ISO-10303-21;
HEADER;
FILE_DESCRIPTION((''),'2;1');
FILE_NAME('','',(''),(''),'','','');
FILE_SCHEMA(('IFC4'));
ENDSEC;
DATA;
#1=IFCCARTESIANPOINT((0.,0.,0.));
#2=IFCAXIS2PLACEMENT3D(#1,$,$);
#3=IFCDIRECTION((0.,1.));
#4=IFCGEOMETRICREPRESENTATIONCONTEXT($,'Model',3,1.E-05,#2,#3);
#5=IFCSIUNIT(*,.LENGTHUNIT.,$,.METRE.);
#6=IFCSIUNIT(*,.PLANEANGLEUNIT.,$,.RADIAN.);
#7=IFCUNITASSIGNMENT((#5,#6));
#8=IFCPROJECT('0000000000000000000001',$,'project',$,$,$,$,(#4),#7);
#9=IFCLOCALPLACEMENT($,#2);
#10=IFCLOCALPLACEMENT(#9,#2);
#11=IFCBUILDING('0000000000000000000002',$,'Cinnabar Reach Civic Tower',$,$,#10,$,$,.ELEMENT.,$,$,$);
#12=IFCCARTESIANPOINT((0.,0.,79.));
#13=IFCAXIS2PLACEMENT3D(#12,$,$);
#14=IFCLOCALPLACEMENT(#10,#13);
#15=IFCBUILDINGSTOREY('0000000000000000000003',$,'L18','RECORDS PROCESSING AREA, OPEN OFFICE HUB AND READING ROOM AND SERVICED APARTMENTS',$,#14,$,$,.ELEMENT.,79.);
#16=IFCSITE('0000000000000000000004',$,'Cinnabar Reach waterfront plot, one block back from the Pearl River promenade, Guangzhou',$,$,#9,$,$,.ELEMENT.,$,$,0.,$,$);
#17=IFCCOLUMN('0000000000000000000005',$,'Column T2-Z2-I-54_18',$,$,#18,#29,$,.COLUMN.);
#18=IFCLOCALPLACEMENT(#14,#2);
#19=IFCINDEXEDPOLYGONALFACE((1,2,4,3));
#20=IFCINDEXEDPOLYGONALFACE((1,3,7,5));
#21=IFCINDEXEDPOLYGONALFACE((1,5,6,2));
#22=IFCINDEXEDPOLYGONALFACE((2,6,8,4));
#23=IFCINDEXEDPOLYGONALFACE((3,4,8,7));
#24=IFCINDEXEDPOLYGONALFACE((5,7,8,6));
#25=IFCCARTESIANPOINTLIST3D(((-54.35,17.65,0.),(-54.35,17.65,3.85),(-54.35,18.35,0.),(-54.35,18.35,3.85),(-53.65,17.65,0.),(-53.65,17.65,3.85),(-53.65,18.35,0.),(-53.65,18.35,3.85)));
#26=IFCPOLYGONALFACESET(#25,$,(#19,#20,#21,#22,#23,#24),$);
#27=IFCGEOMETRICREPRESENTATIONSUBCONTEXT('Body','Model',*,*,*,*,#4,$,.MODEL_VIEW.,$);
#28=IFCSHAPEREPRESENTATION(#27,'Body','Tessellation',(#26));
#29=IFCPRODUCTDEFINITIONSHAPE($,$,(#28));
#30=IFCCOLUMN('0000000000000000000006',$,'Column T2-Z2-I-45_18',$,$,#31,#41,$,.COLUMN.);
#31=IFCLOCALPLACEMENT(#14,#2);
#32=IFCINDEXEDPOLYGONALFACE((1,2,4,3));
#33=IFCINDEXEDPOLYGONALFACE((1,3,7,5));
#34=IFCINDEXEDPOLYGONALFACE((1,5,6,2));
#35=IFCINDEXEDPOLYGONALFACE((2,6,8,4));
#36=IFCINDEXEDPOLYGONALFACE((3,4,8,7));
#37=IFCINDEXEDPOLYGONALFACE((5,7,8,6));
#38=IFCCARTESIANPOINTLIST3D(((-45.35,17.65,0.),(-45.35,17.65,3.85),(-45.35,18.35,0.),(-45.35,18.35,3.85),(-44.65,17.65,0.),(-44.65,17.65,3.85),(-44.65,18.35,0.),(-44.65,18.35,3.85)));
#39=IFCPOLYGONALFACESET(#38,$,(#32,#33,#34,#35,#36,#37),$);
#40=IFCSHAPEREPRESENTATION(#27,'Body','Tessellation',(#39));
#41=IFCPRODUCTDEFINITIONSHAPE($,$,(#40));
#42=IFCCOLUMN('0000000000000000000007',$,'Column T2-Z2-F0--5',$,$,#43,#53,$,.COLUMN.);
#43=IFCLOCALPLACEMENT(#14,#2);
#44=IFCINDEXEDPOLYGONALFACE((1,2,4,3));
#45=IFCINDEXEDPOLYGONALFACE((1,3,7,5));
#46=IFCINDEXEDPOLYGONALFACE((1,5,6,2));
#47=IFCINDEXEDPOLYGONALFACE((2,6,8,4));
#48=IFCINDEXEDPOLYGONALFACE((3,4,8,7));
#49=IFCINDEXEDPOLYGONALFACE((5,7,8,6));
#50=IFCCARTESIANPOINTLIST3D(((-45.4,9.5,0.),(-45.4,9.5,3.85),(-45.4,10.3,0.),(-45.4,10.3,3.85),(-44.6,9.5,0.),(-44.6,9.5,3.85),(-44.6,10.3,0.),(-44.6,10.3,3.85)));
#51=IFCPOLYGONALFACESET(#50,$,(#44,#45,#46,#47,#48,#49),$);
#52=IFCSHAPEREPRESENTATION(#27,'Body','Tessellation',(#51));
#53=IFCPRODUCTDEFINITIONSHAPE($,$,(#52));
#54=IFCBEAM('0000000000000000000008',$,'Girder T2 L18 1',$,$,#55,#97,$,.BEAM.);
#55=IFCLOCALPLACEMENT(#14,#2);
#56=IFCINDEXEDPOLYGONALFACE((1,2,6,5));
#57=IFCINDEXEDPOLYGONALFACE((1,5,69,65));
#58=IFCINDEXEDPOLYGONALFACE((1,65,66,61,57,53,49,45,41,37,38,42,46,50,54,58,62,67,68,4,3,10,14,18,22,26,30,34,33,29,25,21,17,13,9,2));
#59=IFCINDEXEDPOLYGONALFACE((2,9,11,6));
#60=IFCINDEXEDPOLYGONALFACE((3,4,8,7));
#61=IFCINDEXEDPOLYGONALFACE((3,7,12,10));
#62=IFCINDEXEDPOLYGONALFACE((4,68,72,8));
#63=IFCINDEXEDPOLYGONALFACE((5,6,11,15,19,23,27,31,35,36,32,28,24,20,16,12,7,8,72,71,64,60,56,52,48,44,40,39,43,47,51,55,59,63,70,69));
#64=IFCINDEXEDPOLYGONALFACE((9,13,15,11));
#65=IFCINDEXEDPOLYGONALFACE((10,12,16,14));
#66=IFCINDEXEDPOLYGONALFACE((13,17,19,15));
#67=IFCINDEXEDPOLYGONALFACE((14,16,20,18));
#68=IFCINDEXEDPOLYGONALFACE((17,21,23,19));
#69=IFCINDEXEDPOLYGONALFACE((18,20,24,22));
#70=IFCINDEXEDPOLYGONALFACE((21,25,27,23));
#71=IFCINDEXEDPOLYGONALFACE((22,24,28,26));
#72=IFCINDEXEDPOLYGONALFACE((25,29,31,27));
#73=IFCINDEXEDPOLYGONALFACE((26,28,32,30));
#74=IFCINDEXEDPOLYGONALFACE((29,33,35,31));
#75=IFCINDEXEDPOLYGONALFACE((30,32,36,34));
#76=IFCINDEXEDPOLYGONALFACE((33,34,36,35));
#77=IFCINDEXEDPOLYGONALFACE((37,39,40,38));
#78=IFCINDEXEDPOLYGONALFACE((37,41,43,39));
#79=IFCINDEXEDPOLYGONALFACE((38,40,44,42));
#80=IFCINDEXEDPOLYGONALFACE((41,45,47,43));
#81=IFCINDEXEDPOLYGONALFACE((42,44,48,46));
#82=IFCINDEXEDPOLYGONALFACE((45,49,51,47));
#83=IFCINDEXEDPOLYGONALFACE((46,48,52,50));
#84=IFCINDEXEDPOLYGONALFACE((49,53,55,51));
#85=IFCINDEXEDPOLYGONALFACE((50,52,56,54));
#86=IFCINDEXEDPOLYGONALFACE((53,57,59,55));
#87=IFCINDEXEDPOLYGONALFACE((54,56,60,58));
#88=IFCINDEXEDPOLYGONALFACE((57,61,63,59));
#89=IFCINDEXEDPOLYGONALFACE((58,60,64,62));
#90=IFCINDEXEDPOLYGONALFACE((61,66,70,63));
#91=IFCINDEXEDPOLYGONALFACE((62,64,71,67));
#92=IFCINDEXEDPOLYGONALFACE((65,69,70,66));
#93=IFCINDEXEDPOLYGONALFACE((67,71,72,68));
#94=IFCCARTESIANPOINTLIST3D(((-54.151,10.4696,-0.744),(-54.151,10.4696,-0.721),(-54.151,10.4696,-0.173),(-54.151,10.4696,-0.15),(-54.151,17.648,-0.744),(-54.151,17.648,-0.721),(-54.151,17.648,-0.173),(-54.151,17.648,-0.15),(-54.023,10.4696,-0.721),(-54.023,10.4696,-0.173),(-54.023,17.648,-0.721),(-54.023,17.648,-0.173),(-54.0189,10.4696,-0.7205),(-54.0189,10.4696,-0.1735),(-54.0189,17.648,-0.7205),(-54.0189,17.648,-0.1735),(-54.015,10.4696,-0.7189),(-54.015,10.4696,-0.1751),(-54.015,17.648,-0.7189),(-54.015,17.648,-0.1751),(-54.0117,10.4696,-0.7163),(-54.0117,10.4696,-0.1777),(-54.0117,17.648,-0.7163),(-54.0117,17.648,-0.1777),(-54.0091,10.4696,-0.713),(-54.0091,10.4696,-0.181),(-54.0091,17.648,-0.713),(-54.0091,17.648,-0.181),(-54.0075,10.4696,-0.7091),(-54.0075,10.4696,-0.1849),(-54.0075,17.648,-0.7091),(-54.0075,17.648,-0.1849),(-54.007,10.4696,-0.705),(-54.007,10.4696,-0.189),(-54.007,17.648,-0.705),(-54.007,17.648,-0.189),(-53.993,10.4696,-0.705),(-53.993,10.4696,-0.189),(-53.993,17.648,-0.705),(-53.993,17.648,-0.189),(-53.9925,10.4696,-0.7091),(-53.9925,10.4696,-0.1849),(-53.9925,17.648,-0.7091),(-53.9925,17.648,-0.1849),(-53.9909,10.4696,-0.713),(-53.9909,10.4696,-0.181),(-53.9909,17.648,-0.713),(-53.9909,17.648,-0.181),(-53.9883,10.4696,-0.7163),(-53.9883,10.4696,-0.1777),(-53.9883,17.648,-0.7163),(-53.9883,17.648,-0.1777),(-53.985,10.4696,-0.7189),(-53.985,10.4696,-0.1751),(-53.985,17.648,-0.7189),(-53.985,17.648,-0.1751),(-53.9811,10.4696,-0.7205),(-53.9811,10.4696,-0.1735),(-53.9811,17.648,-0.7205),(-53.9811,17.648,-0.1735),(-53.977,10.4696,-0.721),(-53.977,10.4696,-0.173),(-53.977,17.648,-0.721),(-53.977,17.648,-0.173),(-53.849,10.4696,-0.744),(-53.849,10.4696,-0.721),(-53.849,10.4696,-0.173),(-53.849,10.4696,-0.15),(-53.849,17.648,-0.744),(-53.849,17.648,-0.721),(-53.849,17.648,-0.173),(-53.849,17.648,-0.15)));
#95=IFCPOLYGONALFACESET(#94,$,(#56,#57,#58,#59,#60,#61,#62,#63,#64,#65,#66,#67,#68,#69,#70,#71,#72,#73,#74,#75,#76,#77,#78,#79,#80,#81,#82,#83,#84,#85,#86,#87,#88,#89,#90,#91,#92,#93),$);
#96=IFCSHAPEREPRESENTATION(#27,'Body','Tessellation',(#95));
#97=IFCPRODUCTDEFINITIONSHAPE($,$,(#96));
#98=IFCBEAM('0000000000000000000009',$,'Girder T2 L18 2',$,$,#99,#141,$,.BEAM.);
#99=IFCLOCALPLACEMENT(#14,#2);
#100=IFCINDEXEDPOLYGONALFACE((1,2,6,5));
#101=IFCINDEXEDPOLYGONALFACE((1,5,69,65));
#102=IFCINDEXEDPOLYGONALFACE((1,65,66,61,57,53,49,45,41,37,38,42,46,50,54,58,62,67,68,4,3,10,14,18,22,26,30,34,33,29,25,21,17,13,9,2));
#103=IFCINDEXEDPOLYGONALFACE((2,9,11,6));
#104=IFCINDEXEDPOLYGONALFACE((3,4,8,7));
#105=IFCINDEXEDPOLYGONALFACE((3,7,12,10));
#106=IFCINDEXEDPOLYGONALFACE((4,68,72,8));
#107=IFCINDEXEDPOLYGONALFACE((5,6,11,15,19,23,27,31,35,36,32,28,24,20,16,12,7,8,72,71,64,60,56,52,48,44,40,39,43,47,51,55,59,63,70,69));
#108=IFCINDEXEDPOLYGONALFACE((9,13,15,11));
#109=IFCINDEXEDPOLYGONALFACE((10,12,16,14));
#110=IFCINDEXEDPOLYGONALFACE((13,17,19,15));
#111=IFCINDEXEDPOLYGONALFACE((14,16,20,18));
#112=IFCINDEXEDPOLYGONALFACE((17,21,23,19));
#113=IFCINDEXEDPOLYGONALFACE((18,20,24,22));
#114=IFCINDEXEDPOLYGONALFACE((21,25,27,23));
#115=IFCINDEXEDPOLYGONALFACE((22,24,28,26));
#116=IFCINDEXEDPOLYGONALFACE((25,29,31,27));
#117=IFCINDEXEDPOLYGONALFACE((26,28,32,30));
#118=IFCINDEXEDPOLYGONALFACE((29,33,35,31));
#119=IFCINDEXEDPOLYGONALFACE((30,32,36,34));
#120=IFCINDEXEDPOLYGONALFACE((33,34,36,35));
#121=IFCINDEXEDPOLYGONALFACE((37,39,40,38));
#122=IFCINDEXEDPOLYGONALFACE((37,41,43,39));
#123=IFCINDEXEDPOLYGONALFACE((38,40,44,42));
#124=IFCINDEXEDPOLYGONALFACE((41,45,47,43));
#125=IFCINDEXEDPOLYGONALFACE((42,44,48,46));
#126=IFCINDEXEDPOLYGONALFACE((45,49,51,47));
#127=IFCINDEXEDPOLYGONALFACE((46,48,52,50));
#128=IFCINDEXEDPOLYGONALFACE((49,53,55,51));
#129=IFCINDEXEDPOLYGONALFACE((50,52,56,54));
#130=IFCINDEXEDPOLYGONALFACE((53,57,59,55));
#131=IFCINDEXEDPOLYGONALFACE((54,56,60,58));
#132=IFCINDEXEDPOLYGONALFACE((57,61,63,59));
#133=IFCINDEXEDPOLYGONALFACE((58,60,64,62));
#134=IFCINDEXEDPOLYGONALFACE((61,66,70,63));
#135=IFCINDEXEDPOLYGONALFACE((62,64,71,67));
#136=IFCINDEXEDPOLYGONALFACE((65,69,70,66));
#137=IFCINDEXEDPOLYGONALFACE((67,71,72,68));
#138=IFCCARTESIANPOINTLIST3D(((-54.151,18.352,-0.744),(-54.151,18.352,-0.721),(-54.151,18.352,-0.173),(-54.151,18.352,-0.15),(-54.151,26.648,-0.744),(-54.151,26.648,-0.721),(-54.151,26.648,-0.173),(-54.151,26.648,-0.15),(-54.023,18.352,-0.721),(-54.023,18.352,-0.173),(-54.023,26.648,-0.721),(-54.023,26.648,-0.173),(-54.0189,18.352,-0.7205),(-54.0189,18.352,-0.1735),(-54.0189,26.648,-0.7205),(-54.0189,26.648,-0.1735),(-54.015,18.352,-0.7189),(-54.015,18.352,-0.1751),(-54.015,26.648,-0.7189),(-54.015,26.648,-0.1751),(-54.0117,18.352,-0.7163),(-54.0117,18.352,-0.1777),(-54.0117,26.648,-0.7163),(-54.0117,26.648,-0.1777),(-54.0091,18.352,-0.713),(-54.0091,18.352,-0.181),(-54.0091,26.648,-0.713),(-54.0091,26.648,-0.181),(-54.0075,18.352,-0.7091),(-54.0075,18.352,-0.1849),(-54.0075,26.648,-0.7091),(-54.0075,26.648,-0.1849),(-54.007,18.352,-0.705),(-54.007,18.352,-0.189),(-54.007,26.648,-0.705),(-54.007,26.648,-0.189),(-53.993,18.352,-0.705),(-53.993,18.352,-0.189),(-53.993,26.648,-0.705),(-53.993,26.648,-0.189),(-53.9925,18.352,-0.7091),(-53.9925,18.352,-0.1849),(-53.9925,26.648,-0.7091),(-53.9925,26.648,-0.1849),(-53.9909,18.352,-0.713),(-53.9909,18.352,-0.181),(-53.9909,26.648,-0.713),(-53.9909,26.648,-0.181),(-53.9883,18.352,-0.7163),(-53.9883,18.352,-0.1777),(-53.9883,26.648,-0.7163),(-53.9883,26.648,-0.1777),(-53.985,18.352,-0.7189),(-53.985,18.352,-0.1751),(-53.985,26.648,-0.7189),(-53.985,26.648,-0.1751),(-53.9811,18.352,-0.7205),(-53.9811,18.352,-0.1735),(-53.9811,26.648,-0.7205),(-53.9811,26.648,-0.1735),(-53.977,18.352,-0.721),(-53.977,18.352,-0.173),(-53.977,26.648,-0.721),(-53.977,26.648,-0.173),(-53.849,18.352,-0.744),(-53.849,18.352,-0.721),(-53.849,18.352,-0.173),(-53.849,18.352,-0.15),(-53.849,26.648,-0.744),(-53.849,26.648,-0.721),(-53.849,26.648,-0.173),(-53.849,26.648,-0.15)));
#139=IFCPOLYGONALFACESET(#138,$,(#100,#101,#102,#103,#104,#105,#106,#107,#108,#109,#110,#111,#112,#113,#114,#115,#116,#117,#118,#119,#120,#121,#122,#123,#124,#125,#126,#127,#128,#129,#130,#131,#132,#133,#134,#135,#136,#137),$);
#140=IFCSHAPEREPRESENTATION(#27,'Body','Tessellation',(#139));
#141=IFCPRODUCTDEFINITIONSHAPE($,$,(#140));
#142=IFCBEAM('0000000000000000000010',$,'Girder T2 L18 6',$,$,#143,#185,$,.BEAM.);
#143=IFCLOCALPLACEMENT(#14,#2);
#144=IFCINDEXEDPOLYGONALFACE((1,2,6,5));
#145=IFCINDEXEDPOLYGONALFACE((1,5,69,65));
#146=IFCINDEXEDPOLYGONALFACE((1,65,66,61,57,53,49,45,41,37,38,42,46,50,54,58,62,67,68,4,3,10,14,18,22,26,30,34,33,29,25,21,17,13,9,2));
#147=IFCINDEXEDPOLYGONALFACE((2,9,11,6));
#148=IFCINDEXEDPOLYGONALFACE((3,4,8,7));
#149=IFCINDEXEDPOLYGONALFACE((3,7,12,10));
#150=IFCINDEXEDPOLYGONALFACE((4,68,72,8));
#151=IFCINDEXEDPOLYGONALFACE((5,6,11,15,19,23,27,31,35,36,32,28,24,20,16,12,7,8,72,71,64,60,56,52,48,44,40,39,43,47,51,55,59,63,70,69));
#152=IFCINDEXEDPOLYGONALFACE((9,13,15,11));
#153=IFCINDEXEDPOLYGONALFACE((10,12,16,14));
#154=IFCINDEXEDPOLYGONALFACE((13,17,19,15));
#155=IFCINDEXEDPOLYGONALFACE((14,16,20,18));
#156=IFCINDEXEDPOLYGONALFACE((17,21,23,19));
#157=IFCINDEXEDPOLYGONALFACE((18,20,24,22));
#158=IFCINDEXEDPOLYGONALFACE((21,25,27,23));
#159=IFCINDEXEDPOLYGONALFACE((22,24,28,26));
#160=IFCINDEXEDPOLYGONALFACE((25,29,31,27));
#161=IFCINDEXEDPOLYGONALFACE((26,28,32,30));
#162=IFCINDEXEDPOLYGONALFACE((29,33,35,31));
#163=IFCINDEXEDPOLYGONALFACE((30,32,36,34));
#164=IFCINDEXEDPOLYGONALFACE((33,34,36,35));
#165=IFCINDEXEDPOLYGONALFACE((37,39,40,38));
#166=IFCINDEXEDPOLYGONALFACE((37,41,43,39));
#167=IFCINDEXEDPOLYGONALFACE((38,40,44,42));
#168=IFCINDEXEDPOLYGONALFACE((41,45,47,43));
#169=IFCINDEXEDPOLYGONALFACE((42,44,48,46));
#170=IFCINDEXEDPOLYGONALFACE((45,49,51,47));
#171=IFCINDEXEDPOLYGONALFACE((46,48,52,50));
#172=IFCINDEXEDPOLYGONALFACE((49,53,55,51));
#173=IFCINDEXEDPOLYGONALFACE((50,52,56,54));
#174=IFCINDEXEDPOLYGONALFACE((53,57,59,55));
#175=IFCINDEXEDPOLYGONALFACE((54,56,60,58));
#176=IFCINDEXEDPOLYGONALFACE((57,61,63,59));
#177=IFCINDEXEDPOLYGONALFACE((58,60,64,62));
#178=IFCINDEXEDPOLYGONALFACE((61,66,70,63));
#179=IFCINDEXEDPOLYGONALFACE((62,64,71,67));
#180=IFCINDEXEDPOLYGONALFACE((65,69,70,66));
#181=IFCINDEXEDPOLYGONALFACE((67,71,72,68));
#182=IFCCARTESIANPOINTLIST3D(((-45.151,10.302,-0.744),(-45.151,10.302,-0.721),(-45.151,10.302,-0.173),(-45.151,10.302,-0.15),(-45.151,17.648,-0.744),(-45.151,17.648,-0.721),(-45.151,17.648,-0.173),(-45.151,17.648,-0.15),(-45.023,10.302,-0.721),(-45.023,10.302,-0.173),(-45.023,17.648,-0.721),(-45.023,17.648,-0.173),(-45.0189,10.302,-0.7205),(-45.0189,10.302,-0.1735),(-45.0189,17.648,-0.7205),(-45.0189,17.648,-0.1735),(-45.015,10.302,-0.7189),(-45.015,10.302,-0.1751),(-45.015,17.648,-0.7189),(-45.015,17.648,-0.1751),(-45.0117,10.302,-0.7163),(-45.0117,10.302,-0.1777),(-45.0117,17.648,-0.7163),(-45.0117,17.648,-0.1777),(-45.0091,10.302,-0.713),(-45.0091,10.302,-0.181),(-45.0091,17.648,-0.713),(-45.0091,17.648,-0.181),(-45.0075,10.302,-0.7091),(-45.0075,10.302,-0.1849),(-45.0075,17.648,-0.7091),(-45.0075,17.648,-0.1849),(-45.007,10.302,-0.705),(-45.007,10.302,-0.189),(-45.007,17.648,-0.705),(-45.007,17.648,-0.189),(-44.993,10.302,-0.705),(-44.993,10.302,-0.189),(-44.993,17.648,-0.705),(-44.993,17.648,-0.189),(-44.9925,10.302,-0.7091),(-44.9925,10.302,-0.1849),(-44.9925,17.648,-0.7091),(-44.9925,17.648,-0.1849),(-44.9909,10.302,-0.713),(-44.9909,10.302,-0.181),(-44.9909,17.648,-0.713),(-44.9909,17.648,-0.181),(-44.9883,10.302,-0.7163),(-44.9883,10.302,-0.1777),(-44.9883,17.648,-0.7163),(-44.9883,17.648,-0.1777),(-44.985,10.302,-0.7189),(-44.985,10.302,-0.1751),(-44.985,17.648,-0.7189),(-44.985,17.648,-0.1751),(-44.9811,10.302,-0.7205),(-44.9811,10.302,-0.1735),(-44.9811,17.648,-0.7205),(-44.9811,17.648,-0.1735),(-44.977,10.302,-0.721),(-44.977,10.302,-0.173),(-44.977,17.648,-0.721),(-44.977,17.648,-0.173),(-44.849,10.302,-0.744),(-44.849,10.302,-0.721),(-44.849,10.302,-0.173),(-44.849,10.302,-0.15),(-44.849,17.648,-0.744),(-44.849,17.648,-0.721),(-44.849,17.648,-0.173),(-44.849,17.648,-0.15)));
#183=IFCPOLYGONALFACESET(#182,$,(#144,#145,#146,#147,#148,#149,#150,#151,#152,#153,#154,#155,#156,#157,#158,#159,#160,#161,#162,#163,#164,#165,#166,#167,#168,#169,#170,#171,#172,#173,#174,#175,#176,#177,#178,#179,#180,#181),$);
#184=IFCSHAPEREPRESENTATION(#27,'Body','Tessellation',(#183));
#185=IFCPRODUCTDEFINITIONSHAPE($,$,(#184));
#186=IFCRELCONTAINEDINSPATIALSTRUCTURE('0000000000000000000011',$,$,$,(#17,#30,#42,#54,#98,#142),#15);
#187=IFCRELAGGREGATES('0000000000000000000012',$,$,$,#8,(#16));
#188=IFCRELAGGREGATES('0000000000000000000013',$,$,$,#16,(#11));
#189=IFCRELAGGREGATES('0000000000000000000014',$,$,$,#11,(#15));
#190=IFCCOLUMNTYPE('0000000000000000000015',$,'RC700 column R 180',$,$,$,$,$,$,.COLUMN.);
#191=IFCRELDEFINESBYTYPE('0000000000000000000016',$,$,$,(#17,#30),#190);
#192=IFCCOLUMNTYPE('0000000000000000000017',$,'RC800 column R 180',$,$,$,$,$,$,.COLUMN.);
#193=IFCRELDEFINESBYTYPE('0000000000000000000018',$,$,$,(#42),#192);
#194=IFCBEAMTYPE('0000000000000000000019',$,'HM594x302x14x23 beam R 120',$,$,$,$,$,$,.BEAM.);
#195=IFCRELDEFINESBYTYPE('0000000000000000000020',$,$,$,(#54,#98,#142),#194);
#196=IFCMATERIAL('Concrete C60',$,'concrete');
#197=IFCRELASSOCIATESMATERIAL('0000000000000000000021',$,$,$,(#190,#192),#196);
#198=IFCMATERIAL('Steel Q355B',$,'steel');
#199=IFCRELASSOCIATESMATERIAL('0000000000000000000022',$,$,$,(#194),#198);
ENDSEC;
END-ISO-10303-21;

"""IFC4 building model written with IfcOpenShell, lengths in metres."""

from ifc_helpers import new_model, si_unit, direction, frame, origin, origin_2d, place, context, subcontext, project, spatial, rectangle, i_section, extrude, material, material_profile, profile_set, type_object, element, save


model = new_model("IFC4")

# Units and contexts
model_context = context("Model", 3, precision=1e-05, world=origin(), true_north=direction((0.0, 1.0)))
body_context = subcontext(model_context, "Body", "Model", "MODEL_VIEW")
ifc_project = project(units=[si_unit("LENGTHUNIT", "METRE"), si_unit("PLANEANGLEUNIT", "RADIAN")], contexts=[model_context])

# Site, building, storey
site_placement = place(None, origin())
site = spatial("IfcSite", under=ifc_project, at=site_placement, Name="Cinnabar Reach waterfront plot, one block back from the Pearl River promenade, Guangzhou", CompositionType="ELEMENT", RefElevation=0.0)
building_placement = place(site_placement, origin())
building = spatial("IfcBuilding", under=site, at=building_placement, Name="Cinnabar Reach Civic Tower", CompositionType="ELEMENT")
storey_placement = place(building_placement, frame((0.0, 0.0, 79.0)))
storey = spatial("IfcBuildingStorey", under=building, at=storey_placement, Name="L18", Description="RECORDS PROCESSING AREA, OPEN OFFICE HUB AND READING ROOM AND SERVICED APARTMENTS", CompositionType="ELEMENT", Elevation=79.0)

# Columns
ifc_material_1 = material(Name="Concrete C60", Category="concrete")
ifc_material_profile_1 = material_profile(ifc_material_1, rectangle(XDim=0.7, YDim=0.7, at=origin_2d()), Name="RC700")
ifc_profile_set_1 = profile_set([ifc_material_profile_1], Name="Concrete C60")
column_type_1 = type_object("IfcColumnType", Name="RC700 column R 180", PredefinedType="COLUMN", material=ifc_profile_set_1)
for number, where, z_axis, x_axis, name in (
    (1, (-54.0, 18.0, 0.0), (0.0, 0.0, 1.0), (1.0, 0.0, 0.0), "Column T2-Z2-I-54_18"),
    (2, (-45.0, 18.0, 0.0), (0.0, 0.0, 1.0), (1.0, 0.0, 0.0), "Column T2-Z2-I-45_18"),
):
    element("IfcColumn", number, at=place(storey_placement, frame(where, z_axis=z_axis, x_axis=x_axis)), inside=storey, type_object=column_type_1, Name=name, PredefinedType="COLUMN", context=body_context, shape_type="SweptSolid", body=[
        extrude(rectangle(XDim=0.7, YDim=0.7, at=origin_2d()), origin(), (0.0, 0.0, 1.0), 3.85),
    ])
ifc_material_profile_2 = material_profile(ifc_material_1, rectangle(XDim=0.8, YDim=0.8, at=origin_2d()), Name="RC800")
ifc_profile_set_2 = profile_set([ifc_material_profile_2], Name="Concrete C60")
column_type_2 = type_object("IfcColumnType", Name="RC800 column R 180", PredefinedType="COLUMN", material=ifc_profile_set_2)
column_placement = place(storey_placement, frame((-45.0, 9.9, 0.0), z_axis=(0.0, 0.0, 1.0), x_axis=(1.0, 0.0, 0.0)))
element("IfcColumn", 3, at=column_placement, inside=storey, type_object=column_type_2, Name="Column T2-Z2-F0--5", PredefinedType="COLUMN", context=body_context, shape_type="SweptSolid", body=[
    extrude(rectangle(XDim=0.8, YDim=0.8, at=origin_2d()), origin(), (0.0, 0.0, 1.0), 3.85),
])

# Beams
ifc_material_2 = material(Name="Steel Q355B", Category="steel")
ifc_material_profile_3 = material_profile(ifc_material_2, i_section(OverallWidth=0.302, OverallDepth=0.594, WebThickness=0.014, FlangeThickness=0.023, FilletRadius=0.016, at=origin_2d()), Name="HM594x302x14x23")
ifc_profile_set_3 = profile_set([ifc_material_profile_3], Name="Steel Q355B")
beam_type_1 = type_object("IfcBeamType", Name="HM594x302x14x23 beam R 120", PredefinedType="BEAM", material=ifc_profile_set_3)
beam_1_placement = place(storey_placement, frame((-54.0, 10.4696, -0.447), z_axis=(0.0, 1.0, 0.0), x_axis=(-1.0, 0.0, 0.0)))
element("IfcBeam", 4, at=beam_1_placement, inside=storey, type_object=beam_type_1, Name="Girder T2 L18 1", PredefinedType="BEAM", context=body_context, shape_type="SweptSolid", body=[
    extrude(i_section(OverallWidth=0.302, OverallDepth=0.594, WebThickness=0.014, FlangeThickness=0.023, FilletRadius=0.016, at=origin_2d()), origin(), (0.0, 0.0, 1.0), 7.1784),
])
beam_2_placement = place(storey_placement, frame((-54.0, 18.352, -0.447), z_axis=(0.0, 1.0, 0.0), x_axis=(-1.0, 0.0, 0.0)))
element("IfcBeam", 5, at=beam_2_placement, inside=storey, type_object=beam_type_1, Name="Girder T2 L18 2", PredefinedType="BEAM", context=body_context, shape_type="SweptSolid", body=[
    extrude(i_section(OverallWidth=0.302, OverallDepth=0.594, WebThickness=0.014, FlangeThickness=0.023, FilletRadius=0.016, at=origin_2d()), origin(), (0.0, 0.0, 1.0), 8.296),
])
beam_3_placement = place(storey_placement, frame((-45.0, 10.302, -0.447), z_axis=(0.0, 1.0, 0.0), x_axis=(-1.0, 0.0, 0.0)))
element("IfcBeam", 6, at=beam_3_placement, inside=storey, type_object=beam_type_1, Name="Girder T2 L18 6", PredefinedType="BEAM", context=body_context, shape_type="SweptSolid", body=[
    extrude(i_section(OverallWidth=0.302, OverallDepth=0.594, WebThickness=0.014, FlangeThickness=0.023, FilletRadius=0.016, at=origin_2d()), origin(), (0.0, 0.0, 1.0), 7.346),
])

save(model, "model.ifc")
